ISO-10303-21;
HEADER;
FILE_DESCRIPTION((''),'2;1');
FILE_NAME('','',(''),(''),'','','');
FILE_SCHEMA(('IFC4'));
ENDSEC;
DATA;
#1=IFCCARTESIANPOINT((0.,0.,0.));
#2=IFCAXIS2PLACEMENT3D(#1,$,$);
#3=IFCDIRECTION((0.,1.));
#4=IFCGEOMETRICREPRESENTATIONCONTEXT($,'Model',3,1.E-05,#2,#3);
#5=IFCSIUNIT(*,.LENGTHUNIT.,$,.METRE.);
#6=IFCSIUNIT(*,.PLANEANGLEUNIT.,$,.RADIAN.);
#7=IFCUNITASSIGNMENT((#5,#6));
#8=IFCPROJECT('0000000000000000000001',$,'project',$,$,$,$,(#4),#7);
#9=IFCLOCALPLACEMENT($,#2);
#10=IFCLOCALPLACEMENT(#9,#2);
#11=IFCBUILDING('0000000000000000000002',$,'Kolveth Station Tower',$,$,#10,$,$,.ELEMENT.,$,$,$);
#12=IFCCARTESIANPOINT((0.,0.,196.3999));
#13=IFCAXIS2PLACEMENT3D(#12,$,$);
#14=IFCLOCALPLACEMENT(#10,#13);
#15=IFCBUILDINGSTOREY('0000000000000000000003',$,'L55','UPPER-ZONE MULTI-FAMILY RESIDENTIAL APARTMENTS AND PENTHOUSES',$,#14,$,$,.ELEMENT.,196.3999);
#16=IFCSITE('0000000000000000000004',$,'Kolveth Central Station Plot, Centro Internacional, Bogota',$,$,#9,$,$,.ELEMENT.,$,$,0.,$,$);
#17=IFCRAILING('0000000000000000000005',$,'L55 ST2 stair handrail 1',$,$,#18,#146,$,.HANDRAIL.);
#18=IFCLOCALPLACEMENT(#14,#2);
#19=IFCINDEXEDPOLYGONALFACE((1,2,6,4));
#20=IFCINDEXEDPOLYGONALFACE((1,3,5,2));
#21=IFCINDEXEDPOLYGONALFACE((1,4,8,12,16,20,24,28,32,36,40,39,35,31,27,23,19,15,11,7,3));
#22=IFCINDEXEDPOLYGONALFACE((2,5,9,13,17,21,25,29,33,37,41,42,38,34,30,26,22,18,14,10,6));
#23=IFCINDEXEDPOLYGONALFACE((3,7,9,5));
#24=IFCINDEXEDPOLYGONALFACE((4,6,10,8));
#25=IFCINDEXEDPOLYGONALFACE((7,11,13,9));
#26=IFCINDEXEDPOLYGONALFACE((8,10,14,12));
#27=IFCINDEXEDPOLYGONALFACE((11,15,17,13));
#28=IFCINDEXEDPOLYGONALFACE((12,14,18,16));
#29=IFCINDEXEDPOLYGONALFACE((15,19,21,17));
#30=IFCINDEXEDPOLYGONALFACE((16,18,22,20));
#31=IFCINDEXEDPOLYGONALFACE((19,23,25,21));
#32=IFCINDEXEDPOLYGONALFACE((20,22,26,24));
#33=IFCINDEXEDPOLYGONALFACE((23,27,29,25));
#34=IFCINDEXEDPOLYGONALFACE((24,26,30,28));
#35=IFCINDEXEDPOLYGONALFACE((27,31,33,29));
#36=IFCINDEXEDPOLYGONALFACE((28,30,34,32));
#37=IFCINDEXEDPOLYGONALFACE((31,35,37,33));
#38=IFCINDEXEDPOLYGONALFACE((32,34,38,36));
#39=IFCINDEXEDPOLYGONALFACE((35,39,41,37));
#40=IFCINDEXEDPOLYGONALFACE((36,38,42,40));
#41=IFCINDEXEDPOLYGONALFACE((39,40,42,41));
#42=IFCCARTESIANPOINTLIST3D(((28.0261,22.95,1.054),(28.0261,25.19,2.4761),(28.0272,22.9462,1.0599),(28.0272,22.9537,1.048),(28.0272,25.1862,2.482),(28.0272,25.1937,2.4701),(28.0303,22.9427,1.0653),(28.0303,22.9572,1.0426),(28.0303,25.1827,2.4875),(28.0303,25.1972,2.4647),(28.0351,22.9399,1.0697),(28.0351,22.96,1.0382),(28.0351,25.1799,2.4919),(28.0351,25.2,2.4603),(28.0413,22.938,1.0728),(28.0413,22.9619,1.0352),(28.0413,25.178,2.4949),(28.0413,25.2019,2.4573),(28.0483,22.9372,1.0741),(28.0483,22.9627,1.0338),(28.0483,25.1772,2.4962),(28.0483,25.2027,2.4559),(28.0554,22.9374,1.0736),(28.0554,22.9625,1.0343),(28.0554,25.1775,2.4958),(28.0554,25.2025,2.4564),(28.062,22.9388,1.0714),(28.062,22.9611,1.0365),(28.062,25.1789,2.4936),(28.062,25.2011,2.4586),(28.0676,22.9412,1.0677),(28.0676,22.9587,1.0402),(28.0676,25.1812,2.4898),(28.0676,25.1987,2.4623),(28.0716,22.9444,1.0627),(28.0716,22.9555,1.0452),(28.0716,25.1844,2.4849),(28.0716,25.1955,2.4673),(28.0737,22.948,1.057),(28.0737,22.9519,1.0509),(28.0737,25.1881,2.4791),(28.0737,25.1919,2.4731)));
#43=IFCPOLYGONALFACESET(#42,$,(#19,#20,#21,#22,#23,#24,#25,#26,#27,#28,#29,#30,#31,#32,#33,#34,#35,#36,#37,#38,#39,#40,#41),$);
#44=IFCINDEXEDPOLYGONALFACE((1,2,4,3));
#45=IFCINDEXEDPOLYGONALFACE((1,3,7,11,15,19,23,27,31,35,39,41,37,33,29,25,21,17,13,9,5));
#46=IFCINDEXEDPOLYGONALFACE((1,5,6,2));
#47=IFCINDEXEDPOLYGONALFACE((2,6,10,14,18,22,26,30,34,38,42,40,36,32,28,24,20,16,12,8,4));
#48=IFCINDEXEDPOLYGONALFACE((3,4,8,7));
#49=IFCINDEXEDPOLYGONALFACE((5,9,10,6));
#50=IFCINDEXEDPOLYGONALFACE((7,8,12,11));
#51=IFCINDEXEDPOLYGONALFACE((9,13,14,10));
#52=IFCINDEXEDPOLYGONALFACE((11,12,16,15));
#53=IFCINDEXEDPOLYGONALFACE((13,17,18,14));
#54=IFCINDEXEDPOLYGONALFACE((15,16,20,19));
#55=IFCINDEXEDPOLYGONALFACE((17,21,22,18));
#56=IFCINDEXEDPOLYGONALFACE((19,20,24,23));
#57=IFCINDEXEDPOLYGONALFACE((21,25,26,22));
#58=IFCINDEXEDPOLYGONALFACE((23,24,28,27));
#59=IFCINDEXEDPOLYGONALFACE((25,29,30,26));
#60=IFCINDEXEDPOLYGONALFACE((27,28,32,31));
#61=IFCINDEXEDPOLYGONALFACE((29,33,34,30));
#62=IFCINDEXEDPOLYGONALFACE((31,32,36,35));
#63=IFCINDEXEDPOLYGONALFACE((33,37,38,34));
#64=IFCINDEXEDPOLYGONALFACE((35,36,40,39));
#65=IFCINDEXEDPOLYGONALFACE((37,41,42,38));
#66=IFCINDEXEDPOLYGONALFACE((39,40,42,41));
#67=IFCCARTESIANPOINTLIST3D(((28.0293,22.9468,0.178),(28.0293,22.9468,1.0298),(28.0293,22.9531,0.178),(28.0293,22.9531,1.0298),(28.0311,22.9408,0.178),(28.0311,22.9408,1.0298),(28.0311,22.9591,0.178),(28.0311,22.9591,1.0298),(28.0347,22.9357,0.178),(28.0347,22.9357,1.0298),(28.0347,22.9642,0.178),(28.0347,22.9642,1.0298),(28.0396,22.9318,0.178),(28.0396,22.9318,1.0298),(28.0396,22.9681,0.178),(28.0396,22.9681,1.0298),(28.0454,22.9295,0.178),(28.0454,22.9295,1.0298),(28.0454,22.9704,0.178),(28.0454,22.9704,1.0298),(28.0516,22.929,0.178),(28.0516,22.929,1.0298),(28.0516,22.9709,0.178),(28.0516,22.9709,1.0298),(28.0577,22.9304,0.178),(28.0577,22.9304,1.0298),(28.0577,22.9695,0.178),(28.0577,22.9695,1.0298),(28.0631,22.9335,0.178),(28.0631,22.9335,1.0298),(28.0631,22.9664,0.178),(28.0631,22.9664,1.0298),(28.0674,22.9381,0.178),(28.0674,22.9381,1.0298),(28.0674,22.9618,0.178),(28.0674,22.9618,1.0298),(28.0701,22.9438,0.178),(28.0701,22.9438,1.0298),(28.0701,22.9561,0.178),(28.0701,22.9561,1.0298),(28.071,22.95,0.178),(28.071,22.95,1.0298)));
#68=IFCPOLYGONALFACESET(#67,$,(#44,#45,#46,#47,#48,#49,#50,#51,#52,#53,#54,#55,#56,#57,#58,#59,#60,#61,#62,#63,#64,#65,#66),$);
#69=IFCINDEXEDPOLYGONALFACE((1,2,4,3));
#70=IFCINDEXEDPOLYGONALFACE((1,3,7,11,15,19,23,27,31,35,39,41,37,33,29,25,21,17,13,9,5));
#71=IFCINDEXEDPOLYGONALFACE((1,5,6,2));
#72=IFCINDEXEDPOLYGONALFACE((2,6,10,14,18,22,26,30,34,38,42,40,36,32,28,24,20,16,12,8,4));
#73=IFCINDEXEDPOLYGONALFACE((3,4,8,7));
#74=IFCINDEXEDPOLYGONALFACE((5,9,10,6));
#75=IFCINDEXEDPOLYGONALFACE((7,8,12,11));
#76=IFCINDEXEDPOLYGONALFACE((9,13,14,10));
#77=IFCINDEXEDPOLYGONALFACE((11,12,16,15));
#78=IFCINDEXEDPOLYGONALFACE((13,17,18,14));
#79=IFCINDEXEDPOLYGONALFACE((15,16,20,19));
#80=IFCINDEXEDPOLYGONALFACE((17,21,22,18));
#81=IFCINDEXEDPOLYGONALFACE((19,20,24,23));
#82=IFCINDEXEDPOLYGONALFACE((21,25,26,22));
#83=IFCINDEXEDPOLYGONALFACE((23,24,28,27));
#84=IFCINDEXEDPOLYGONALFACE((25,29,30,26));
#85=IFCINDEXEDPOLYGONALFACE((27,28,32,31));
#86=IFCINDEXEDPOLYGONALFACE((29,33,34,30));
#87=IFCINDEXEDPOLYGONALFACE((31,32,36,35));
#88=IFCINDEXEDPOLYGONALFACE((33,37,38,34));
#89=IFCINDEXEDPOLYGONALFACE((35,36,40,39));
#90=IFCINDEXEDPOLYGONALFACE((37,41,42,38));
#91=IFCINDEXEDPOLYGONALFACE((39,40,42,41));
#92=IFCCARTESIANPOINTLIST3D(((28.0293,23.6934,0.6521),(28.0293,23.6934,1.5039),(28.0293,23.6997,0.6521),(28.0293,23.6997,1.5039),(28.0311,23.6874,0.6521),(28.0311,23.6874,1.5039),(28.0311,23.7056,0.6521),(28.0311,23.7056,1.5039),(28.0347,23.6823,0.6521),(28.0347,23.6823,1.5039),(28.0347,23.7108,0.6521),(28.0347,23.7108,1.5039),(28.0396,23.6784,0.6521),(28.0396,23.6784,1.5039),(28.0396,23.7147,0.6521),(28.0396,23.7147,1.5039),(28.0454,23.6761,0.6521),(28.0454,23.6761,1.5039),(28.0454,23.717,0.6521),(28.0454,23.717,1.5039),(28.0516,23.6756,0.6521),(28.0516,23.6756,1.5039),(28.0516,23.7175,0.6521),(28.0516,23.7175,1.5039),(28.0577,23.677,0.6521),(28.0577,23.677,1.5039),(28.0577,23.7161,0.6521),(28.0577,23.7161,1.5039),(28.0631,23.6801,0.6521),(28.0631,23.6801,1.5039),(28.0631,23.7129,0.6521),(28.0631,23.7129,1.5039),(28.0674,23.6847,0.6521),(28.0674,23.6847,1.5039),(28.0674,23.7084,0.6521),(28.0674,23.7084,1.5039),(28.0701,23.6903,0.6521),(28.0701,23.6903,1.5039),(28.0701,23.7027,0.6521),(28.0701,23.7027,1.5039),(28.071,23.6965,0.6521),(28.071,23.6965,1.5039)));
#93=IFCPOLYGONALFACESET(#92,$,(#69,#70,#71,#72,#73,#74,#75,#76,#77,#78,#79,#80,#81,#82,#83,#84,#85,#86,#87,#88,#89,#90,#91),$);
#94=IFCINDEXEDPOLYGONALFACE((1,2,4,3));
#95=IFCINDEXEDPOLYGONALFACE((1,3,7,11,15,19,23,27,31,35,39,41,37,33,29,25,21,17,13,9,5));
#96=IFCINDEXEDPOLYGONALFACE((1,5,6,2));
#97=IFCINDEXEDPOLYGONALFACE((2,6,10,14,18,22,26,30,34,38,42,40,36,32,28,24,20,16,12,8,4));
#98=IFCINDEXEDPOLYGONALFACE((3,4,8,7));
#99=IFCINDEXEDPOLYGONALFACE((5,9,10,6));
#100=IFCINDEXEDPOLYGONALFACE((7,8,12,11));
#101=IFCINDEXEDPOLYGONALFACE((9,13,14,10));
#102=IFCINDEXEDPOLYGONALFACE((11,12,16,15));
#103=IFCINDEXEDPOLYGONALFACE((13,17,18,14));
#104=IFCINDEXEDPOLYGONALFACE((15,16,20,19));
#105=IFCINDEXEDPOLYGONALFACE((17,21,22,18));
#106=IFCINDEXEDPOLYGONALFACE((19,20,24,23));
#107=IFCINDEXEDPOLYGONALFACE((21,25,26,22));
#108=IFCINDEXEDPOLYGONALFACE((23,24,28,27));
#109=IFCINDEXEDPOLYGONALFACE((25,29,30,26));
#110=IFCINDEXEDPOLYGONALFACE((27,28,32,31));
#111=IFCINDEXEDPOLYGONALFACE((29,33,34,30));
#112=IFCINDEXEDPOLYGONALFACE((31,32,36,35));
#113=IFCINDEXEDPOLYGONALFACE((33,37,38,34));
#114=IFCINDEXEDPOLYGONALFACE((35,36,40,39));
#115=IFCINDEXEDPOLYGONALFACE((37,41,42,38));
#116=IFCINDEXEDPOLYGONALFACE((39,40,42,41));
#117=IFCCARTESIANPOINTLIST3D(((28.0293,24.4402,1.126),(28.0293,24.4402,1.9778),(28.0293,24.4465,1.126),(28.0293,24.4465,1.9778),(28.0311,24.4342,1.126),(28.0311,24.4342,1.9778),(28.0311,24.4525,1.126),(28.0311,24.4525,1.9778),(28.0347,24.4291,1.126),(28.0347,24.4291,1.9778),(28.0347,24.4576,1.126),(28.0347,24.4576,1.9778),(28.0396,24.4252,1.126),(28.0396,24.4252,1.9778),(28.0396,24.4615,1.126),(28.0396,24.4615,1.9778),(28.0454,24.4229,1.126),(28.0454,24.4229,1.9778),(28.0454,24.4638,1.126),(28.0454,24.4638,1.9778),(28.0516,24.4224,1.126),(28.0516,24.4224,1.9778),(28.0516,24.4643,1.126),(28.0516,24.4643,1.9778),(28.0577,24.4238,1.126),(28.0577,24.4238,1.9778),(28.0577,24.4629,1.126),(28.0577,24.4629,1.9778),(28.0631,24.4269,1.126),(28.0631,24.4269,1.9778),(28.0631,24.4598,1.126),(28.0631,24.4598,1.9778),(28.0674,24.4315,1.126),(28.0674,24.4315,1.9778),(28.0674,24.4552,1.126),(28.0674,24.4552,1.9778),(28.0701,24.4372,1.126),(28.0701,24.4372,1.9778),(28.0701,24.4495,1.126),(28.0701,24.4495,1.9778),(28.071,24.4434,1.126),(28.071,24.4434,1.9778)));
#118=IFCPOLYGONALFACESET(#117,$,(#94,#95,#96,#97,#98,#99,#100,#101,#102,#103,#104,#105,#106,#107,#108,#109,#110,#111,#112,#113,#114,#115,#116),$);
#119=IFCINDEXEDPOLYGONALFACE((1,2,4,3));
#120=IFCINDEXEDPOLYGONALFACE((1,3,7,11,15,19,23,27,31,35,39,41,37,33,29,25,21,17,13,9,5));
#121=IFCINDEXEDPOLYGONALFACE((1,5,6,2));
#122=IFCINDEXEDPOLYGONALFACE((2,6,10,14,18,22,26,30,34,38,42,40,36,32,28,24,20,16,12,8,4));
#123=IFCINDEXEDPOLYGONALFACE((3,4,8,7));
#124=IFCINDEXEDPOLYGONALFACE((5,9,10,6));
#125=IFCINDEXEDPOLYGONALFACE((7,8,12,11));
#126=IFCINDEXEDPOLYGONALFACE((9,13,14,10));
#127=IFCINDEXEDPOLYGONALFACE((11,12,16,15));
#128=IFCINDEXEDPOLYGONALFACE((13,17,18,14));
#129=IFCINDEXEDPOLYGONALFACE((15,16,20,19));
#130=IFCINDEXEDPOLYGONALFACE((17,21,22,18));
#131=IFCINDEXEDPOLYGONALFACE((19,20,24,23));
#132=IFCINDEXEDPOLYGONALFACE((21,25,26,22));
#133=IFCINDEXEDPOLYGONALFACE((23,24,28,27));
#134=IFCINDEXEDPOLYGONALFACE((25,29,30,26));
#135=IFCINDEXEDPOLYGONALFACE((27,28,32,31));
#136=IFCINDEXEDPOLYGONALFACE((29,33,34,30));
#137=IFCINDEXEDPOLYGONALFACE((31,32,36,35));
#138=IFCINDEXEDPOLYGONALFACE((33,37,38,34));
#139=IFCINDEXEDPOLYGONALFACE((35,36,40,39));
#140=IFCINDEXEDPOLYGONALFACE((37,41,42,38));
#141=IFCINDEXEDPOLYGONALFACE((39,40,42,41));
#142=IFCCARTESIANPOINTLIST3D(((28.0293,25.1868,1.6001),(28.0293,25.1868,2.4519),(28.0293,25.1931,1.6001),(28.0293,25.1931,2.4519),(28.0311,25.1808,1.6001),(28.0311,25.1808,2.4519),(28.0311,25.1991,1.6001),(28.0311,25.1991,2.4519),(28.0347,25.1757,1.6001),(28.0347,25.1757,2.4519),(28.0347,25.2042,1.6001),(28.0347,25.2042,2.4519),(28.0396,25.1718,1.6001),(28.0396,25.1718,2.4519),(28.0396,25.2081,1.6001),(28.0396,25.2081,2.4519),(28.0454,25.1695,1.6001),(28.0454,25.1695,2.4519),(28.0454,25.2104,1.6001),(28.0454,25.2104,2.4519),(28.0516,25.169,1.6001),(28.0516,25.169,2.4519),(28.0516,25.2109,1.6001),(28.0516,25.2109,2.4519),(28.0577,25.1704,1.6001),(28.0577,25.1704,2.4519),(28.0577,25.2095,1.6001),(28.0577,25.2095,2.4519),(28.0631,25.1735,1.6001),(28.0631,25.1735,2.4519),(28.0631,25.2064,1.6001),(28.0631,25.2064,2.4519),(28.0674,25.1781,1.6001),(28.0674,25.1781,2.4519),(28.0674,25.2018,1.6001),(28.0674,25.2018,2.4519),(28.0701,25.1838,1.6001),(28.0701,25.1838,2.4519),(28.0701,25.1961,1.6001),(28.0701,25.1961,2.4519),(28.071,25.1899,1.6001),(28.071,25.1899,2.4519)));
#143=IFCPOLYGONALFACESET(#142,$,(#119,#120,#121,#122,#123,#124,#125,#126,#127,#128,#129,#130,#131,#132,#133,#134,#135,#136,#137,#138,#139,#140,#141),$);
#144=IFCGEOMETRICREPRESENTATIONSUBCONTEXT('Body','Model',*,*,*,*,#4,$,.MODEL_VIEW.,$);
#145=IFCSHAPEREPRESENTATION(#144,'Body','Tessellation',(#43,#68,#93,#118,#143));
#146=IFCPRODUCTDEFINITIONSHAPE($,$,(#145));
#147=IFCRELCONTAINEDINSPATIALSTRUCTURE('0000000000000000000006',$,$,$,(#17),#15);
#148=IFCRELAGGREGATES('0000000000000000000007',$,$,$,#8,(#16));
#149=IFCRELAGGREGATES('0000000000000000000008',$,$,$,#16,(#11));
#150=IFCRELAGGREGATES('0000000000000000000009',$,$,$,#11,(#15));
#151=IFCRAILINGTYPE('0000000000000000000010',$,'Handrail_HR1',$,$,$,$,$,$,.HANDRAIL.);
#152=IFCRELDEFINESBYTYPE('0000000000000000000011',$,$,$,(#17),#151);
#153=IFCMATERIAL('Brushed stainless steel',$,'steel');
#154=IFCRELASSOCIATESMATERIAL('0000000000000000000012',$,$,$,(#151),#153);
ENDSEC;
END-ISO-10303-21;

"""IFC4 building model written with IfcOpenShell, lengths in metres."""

from ifc_helpers import new_model, si_unit, direction, frame, origin, origin_2d, place, context, subcontext, project, spatial, circle, extrude, material, type_object, element, save


model = new_model("IFC4")

# Units and contexts
model_context = context("Model", 3, precision=1e-05, world=origin(), true_north=direction((0.0, 1.0)))
body_context = subcontext(model_context, "Body", "Model", "MODEL_VIEW")
ifc_project = project(units=[si_unit("LENGTHUNIT", "METRE"), si_unit("PLANEANGLEUNIT", "RADIAN")], contexts=[model_context])

# Site, building, storey
site_placement = place(None, origin())
site = spatial("IfcSite", under=ifc_project, at=site_placement, Name="Kolveth Central Station Plot, Centro Internacional, Bogota", CompositionType="ELEMENT", RefElevation=0.0)
building_placement = place(site_placement, origin())
building = spatial("IfcBuilding", under=site, at=building_placement, Name="Kolveth Station Tower", CompositionType="ELEMENT")
storey_placement = place(building_placement, frame((0.0, 0.0, 196.3999)))
storey = spatial("IfcBuildingStorey", under=building, at=storey_placement, Name="L55", Description="UPPER-ZONE MULTI-FAMILY RESIDENTIAL APARTMENTS AND PENTHOUSES", CompositionType="ELEMENT", Elevation=196.3999)

# Railing
ifc_material_1 = material(Name="Brushed stainless steel", Category="steel")
railing_type_1 = type_object("IfcRailingType", Name="Handrail_HR1", PredefinedType="HANDRAIL", material=ifc_material_1)
railing_1_placement = place(storey_placement, frame((28.05, 22.95, 0.178)))
element("IfcRailing", 1, at=railing_1_placement, inside=storey, type_object=railing_type_1, Name="L55 ST2 stair handrail 1", PredefinedType="HANDRAIL", context=body_context, shape_type="SweptSolid", body=[
    extrude(circle(Radius=0.0239, at=origin_2d()), frame((0.0, 0.0, 0.876), z_axis=(0.0, 0.844229, 0.535982), x_axis=(-1.0, 0.0, 0.0)), (0.0, 0.0, 1.0), 2.6533),
    extrude(circle(Radius=0.021, at=origin_2d()), origin(), (0.0, 0.0, 1.0), 0.8518),
    extrude(circle(Radius=0.021, at=origin_2d()), frame((0.0, 0.7466, 0.4741)), (0.0, 0.0, 1.0), 0.8518),
    extrude(circle(Radius=0.021, at=origin_2d()), frame((0.0, 1.4934, 0.948)), (0.0, 0.0, 1.0), 0.8518),
    extrude(circle(Radius=0.021, at=origin_2d()), frame((0.0, 2.24, 1.4221)), (0.0, 0.0, 1.0), 0.8518),
])

save(model, "model.ifc")
